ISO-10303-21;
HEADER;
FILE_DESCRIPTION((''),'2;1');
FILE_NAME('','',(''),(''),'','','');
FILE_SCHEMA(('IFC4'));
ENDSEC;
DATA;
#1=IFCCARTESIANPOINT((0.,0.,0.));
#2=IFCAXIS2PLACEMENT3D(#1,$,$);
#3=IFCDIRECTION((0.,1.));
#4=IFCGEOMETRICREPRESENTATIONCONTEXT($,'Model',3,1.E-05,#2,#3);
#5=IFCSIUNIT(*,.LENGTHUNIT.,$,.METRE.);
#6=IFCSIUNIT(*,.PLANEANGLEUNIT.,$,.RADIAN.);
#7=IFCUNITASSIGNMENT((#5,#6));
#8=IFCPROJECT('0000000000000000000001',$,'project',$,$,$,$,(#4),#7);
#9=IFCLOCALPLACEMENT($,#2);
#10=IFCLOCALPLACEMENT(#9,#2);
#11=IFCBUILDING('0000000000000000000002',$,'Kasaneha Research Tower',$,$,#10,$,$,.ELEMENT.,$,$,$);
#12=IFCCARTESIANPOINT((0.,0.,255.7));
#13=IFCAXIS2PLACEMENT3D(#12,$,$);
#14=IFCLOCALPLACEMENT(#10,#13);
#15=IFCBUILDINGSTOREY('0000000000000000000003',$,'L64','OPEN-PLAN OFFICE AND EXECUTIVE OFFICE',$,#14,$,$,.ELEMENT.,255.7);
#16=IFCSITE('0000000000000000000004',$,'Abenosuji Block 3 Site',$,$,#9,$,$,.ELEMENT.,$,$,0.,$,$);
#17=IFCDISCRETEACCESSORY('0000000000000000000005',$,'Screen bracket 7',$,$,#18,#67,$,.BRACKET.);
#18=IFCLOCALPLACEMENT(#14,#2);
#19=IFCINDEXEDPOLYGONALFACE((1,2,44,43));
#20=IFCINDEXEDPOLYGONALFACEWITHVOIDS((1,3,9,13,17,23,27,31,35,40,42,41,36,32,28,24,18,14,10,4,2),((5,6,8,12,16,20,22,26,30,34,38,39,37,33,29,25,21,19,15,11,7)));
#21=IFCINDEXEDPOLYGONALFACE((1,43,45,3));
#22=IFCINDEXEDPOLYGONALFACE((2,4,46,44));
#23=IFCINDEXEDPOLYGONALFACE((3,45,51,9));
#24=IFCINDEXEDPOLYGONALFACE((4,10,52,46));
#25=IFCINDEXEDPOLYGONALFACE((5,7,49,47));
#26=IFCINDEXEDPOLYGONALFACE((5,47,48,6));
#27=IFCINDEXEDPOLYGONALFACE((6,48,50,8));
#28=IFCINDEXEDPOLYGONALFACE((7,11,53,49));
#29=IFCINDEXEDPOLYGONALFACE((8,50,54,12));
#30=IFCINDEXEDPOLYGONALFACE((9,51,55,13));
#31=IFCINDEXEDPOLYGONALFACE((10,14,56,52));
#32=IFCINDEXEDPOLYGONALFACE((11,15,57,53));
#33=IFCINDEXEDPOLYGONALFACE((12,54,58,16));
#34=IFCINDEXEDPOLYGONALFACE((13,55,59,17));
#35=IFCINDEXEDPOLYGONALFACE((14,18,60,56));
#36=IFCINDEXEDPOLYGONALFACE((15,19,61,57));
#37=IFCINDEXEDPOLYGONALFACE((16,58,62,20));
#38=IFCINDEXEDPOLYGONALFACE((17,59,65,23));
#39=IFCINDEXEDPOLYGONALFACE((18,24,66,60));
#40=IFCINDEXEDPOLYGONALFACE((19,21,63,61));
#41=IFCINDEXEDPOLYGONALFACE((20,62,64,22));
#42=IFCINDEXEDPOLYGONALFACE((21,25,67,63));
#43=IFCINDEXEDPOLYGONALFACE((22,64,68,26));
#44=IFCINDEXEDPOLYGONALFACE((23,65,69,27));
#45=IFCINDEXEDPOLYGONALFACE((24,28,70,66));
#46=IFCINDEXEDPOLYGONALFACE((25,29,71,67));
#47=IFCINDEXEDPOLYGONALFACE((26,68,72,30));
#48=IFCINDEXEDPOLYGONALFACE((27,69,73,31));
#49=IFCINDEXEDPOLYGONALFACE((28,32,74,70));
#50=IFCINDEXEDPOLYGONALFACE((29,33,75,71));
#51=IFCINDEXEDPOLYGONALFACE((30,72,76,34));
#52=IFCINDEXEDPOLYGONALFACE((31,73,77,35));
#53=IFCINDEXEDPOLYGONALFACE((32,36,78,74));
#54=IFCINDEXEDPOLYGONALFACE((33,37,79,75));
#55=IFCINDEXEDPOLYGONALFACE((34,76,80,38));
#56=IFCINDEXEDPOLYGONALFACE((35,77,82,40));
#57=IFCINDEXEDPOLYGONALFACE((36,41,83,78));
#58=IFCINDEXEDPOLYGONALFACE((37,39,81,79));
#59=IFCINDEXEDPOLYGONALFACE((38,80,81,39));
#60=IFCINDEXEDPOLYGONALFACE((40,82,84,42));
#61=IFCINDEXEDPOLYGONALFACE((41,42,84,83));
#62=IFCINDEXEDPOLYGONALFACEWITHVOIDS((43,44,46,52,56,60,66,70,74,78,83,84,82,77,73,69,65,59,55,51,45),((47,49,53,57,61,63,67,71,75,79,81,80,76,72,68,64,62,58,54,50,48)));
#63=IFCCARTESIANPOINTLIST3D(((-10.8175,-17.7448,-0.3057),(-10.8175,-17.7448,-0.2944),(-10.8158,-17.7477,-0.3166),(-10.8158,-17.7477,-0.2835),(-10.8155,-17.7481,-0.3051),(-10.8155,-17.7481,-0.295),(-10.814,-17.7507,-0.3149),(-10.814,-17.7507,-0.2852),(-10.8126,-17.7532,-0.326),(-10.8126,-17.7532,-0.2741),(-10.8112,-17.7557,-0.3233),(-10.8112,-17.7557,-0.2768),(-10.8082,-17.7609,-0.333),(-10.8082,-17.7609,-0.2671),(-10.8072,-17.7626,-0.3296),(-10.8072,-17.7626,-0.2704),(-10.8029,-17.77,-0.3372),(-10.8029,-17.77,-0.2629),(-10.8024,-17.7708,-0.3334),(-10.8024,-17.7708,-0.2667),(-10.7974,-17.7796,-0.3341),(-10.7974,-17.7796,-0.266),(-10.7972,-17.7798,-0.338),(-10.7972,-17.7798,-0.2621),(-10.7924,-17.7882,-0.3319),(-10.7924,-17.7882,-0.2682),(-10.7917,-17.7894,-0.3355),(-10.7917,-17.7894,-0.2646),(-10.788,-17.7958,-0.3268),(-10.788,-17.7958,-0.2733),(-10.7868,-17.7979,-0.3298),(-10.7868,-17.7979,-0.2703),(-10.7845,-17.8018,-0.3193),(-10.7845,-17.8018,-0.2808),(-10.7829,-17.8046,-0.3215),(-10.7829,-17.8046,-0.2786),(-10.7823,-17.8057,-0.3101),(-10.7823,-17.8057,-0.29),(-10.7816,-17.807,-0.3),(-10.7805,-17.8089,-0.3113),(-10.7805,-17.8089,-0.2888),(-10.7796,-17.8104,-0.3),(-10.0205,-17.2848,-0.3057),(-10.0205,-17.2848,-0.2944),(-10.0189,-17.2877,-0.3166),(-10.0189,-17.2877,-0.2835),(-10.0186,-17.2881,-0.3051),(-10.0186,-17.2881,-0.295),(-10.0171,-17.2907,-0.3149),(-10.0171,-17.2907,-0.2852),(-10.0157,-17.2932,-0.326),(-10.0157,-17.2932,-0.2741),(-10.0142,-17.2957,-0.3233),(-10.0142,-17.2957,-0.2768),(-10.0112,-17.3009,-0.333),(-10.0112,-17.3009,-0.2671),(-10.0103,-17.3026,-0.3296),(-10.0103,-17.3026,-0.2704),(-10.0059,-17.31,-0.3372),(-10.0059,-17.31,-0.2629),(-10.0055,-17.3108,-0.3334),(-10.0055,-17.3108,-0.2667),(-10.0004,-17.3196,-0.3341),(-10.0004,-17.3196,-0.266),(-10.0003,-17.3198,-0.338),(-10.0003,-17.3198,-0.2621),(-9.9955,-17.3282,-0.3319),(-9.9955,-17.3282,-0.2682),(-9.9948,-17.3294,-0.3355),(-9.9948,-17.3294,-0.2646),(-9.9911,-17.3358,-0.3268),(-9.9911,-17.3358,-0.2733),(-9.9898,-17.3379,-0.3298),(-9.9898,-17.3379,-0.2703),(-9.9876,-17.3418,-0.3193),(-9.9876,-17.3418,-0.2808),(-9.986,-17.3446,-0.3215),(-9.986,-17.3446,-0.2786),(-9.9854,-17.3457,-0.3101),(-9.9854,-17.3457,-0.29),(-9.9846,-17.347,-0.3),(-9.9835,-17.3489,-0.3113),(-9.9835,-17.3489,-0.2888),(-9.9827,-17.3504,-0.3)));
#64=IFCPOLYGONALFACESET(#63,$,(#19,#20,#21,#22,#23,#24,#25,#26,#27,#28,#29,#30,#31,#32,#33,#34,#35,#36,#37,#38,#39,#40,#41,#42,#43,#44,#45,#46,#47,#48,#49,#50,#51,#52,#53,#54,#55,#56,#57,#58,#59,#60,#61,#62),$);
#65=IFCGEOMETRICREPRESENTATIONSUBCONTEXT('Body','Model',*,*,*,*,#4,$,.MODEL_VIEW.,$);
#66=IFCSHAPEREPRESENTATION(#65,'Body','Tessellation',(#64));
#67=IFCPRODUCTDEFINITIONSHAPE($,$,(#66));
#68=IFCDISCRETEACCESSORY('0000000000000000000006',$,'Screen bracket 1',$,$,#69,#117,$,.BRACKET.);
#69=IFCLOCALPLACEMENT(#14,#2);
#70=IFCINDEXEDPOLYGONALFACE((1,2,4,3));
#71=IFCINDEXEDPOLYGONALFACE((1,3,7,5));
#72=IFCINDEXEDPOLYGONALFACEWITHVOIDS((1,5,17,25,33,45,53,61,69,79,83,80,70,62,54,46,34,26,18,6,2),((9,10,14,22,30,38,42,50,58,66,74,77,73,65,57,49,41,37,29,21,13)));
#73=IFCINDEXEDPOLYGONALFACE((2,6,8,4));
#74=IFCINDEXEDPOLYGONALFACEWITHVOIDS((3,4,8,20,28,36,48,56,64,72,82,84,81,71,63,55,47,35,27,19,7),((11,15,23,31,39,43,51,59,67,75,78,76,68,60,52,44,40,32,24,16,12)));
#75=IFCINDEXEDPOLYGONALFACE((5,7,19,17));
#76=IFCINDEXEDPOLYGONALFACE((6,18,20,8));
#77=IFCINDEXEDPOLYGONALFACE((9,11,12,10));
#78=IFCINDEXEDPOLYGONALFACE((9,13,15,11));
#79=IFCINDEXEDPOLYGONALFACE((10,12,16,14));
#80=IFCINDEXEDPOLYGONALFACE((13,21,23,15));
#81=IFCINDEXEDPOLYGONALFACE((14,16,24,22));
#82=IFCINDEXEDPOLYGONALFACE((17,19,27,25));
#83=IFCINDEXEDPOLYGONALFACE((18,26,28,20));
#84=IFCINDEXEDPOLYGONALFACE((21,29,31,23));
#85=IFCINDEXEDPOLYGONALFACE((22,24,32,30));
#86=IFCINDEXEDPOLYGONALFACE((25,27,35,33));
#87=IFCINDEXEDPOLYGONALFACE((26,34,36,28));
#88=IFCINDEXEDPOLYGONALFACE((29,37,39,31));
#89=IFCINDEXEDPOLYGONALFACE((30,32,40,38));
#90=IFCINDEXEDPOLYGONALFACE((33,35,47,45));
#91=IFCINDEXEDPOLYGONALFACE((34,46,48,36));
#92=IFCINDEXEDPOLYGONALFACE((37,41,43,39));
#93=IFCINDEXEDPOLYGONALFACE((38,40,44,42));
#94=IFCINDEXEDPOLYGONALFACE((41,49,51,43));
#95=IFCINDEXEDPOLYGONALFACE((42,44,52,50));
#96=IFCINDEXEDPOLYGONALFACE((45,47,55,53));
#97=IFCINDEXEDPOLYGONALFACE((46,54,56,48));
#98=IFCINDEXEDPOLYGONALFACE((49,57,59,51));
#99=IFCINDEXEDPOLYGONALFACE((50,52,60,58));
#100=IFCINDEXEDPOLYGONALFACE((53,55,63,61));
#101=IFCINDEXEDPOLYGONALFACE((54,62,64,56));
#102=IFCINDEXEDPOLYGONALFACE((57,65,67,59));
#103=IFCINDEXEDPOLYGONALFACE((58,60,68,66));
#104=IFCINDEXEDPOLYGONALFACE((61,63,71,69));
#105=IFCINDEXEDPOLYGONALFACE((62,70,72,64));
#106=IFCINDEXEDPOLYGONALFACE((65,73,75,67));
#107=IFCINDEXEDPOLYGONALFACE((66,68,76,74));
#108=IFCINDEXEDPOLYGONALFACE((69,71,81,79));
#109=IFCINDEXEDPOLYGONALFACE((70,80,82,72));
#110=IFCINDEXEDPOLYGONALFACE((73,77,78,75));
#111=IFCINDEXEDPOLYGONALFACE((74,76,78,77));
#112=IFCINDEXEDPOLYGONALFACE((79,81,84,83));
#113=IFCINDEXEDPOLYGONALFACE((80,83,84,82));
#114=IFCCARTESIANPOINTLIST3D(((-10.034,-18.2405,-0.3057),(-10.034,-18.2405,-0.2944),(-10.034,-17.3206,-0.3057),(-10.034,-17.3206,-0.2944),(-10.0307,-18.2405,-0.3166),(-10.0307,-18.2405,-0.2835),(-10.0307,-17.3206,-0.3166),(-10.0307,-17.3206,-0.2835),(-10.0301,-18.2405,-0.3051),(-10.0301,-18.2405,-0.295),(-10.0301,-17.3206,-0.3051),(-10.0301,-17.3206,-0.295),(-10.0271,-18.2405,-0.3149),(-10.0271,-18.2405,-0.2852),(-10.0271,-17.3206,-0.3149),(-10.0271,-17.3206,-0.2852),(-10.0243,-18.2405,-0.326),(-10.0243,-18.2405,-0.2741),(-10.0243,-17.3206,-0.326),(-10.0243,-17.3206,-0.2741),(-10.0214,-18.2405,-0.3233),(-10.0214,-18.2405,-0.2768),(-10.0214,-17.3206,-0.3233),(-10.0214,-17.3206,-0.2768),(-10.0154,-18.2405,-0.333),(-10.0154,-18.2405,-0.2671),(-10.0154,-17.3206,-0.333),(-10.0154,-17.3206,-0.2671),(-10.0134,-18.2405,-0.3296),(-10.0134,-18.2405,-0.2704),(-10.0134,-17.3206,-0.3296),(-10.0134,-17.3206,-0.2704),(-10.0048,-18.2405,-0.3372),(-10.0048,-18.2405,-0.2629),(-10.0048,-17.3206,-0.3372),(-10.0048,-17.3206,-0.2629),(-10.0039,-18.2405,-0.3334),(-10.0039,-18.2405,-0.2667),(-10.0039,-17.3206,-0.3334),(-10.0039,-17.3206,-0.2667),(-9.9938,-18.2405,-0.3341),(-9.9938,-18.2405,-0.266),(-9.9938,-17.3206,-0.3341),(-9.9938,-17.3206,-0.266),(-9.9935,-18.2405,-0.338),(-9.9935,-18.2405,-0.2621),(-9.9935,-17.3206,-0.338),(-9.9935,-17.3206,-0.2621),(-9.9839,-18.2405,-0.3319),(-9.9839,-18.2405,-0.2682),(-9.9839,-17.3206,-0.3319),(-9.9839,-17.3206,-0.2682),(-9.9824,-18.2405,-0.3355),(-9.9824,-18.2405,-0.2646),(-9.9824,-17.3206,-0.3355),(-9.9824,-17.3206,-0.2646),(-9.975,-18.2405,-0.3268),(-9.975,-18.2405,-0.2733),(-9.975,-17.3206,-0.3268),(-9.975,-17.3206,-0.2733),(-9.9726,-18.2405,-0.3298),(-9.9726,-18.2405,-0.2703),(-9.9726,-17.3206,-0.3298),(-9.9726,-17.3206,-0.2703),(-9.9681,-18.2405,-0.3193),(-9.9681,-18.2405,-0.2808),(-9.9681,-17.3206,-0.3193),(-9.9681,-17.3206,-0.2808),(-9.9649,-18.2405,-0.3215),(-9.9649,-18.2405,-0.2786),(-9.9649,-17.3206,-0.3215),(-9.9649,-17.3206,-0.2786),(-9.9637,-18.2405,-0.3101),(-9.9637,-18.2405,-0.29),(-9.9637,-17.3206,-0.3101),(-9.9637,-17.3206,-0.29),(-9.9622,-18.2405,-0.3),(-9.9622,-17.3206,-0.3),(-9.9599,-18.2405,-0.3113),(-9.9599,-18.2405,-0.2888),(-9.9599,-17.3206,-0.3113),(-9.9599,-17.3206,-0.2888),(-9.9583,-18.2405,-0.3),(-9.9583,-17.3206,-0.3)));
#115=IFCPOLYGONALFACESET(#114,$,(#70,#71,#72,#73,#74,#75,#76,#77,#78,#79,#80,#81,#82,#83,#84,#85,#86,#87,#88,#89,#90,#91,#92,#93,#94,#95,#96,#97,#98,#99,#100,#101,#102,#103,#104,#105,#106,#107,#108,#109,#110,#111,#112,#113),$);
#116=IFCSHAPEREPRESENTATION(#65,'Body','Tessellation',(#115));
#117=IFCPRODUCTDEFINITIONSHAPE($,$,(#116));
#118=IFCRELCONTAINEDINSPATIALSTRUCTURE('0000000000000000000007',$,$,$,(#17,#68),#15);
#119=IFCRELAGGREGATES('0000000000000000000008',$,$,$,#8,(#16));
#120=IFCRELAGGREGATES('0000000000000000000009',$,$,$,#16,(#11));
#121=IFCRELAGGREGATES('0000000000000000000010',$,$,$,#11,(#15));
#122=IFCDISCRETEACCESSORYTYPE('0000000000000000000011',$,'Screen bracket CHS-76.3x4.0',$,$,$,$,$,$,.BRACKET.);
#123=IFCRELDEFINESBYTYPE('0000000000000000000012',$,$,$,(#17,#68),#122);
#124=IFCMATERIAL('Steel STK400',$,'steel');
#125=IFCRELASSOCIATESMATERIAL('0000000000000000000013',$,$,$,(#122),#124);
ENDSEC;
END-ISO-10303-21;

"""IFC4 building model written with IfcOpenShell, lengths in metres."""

from ifc_helpers import new_model, si_unit, direction, frame, origin, origin_2d, place, context, subcontext, project, spatial, hollow_circle, extrude, material, material_profile, profile_set, type_object, element, save


model = new_model("IFC4")

# Units and contexts
model_context = context("Model", 3, precision=1e-05, world=origin(), true_north=direction((0.0, 1.0)))
body_context = subcontext(model_context, "Body", "Model", "MODEL_VIEW")
ifc_project = project(units=[si_unit("LENGTHUNIT", "METRE"), si_unit("PLANEANGLEUNIT", "RADIAN")], contexts=[model_context])

# Site, building, storey
site_placement = place(None, origin())
site = spatial("IfcSite", under=ifc_project, at=site_placement, Name="Abenosuji Block 3 Site", CompositionType="ELEMENT", RefElevation=0.0)
building_placement = place(site_placement, origin())
building = spatial("IfcBuilding", under=site, at=building_placement, Name="Kasaneha Research Tower", CompositionType="ELEMENT")
storey_placement = place(building_placement, frame((0.0, 0.0, 255.7)))
storey = spatial("IfcBuildingStorey", under=building, at=storey_placement, Name="L64", Description="OPEN-PLAN OFFICE AND EXECUTIVE OFFICE", CompositionType="ELEMENT", Elevation=255.7)

# Discrete accessories
ifc_material_1 = material(Name="Steel STK400", Category="steel")
ifc_material_profile_1 = material_profile(ifc_material_1, hollow_circle(Radius=0.0381, WallThickness=0.0039, at=origin_2d()), Name="CHS-76.3x4.0")
ifc_profile_set_1 = profile_set([ifc_material_profile_1], Name="Steel STK400")
discrete_accessory_type = type_object("IfcDiscreteAccessoryType", Name="Screen bracket CHS-76.3x4.0", PredefinedType="BRACKET", material=ifc_profile_set_1)
discrete_accessory_1_placement = place(storey_placement, frame((-10.0017, -17.3174, -0.3), z_axis=(-0.86608, -0.499906, 0.0), x_axis=(0.499906, -0.86608, 0.0)))
element("IfcDiscreteAccessory", 1, at=discrete_accessory_1_placement, inside=storey, type_object=discrete_accessory_type, Name="Screen bracket 7", PredefinedType="BRACKET", context=body_context, shape_type="SweptSolid", body=[
    extrude(hollow_circle(Radius=0.0381, WallThickness=0.0039, at=origin_2d()), origin(), (0.0, 0.0, 1.0), 0.9202),
])
discrete_accessory_2_placement = place(storey_placement, frame((-9.9963, -17.3206, -0.3), z_axis=(0.0, -1.0, 0.0), x_axis=(1.0, 0.0, 0.0)))
element("IfcDiscreteAccessory", 2, at=discrete_accessory_2_placement, inside=storey, type_object=discrete_accessory_type, Name="Screen bracket 1", PredefinedType="BRACKET", context=body_context, shape_type="SweptSolid", body=[
    extrude(hollow_circle(Radius=0.0381, WallThickness=0.0039, at=origin_2d()), origin(), (0.0, 0.0, 1.0), 0.9199),
])

save(model, "model.ifc")
